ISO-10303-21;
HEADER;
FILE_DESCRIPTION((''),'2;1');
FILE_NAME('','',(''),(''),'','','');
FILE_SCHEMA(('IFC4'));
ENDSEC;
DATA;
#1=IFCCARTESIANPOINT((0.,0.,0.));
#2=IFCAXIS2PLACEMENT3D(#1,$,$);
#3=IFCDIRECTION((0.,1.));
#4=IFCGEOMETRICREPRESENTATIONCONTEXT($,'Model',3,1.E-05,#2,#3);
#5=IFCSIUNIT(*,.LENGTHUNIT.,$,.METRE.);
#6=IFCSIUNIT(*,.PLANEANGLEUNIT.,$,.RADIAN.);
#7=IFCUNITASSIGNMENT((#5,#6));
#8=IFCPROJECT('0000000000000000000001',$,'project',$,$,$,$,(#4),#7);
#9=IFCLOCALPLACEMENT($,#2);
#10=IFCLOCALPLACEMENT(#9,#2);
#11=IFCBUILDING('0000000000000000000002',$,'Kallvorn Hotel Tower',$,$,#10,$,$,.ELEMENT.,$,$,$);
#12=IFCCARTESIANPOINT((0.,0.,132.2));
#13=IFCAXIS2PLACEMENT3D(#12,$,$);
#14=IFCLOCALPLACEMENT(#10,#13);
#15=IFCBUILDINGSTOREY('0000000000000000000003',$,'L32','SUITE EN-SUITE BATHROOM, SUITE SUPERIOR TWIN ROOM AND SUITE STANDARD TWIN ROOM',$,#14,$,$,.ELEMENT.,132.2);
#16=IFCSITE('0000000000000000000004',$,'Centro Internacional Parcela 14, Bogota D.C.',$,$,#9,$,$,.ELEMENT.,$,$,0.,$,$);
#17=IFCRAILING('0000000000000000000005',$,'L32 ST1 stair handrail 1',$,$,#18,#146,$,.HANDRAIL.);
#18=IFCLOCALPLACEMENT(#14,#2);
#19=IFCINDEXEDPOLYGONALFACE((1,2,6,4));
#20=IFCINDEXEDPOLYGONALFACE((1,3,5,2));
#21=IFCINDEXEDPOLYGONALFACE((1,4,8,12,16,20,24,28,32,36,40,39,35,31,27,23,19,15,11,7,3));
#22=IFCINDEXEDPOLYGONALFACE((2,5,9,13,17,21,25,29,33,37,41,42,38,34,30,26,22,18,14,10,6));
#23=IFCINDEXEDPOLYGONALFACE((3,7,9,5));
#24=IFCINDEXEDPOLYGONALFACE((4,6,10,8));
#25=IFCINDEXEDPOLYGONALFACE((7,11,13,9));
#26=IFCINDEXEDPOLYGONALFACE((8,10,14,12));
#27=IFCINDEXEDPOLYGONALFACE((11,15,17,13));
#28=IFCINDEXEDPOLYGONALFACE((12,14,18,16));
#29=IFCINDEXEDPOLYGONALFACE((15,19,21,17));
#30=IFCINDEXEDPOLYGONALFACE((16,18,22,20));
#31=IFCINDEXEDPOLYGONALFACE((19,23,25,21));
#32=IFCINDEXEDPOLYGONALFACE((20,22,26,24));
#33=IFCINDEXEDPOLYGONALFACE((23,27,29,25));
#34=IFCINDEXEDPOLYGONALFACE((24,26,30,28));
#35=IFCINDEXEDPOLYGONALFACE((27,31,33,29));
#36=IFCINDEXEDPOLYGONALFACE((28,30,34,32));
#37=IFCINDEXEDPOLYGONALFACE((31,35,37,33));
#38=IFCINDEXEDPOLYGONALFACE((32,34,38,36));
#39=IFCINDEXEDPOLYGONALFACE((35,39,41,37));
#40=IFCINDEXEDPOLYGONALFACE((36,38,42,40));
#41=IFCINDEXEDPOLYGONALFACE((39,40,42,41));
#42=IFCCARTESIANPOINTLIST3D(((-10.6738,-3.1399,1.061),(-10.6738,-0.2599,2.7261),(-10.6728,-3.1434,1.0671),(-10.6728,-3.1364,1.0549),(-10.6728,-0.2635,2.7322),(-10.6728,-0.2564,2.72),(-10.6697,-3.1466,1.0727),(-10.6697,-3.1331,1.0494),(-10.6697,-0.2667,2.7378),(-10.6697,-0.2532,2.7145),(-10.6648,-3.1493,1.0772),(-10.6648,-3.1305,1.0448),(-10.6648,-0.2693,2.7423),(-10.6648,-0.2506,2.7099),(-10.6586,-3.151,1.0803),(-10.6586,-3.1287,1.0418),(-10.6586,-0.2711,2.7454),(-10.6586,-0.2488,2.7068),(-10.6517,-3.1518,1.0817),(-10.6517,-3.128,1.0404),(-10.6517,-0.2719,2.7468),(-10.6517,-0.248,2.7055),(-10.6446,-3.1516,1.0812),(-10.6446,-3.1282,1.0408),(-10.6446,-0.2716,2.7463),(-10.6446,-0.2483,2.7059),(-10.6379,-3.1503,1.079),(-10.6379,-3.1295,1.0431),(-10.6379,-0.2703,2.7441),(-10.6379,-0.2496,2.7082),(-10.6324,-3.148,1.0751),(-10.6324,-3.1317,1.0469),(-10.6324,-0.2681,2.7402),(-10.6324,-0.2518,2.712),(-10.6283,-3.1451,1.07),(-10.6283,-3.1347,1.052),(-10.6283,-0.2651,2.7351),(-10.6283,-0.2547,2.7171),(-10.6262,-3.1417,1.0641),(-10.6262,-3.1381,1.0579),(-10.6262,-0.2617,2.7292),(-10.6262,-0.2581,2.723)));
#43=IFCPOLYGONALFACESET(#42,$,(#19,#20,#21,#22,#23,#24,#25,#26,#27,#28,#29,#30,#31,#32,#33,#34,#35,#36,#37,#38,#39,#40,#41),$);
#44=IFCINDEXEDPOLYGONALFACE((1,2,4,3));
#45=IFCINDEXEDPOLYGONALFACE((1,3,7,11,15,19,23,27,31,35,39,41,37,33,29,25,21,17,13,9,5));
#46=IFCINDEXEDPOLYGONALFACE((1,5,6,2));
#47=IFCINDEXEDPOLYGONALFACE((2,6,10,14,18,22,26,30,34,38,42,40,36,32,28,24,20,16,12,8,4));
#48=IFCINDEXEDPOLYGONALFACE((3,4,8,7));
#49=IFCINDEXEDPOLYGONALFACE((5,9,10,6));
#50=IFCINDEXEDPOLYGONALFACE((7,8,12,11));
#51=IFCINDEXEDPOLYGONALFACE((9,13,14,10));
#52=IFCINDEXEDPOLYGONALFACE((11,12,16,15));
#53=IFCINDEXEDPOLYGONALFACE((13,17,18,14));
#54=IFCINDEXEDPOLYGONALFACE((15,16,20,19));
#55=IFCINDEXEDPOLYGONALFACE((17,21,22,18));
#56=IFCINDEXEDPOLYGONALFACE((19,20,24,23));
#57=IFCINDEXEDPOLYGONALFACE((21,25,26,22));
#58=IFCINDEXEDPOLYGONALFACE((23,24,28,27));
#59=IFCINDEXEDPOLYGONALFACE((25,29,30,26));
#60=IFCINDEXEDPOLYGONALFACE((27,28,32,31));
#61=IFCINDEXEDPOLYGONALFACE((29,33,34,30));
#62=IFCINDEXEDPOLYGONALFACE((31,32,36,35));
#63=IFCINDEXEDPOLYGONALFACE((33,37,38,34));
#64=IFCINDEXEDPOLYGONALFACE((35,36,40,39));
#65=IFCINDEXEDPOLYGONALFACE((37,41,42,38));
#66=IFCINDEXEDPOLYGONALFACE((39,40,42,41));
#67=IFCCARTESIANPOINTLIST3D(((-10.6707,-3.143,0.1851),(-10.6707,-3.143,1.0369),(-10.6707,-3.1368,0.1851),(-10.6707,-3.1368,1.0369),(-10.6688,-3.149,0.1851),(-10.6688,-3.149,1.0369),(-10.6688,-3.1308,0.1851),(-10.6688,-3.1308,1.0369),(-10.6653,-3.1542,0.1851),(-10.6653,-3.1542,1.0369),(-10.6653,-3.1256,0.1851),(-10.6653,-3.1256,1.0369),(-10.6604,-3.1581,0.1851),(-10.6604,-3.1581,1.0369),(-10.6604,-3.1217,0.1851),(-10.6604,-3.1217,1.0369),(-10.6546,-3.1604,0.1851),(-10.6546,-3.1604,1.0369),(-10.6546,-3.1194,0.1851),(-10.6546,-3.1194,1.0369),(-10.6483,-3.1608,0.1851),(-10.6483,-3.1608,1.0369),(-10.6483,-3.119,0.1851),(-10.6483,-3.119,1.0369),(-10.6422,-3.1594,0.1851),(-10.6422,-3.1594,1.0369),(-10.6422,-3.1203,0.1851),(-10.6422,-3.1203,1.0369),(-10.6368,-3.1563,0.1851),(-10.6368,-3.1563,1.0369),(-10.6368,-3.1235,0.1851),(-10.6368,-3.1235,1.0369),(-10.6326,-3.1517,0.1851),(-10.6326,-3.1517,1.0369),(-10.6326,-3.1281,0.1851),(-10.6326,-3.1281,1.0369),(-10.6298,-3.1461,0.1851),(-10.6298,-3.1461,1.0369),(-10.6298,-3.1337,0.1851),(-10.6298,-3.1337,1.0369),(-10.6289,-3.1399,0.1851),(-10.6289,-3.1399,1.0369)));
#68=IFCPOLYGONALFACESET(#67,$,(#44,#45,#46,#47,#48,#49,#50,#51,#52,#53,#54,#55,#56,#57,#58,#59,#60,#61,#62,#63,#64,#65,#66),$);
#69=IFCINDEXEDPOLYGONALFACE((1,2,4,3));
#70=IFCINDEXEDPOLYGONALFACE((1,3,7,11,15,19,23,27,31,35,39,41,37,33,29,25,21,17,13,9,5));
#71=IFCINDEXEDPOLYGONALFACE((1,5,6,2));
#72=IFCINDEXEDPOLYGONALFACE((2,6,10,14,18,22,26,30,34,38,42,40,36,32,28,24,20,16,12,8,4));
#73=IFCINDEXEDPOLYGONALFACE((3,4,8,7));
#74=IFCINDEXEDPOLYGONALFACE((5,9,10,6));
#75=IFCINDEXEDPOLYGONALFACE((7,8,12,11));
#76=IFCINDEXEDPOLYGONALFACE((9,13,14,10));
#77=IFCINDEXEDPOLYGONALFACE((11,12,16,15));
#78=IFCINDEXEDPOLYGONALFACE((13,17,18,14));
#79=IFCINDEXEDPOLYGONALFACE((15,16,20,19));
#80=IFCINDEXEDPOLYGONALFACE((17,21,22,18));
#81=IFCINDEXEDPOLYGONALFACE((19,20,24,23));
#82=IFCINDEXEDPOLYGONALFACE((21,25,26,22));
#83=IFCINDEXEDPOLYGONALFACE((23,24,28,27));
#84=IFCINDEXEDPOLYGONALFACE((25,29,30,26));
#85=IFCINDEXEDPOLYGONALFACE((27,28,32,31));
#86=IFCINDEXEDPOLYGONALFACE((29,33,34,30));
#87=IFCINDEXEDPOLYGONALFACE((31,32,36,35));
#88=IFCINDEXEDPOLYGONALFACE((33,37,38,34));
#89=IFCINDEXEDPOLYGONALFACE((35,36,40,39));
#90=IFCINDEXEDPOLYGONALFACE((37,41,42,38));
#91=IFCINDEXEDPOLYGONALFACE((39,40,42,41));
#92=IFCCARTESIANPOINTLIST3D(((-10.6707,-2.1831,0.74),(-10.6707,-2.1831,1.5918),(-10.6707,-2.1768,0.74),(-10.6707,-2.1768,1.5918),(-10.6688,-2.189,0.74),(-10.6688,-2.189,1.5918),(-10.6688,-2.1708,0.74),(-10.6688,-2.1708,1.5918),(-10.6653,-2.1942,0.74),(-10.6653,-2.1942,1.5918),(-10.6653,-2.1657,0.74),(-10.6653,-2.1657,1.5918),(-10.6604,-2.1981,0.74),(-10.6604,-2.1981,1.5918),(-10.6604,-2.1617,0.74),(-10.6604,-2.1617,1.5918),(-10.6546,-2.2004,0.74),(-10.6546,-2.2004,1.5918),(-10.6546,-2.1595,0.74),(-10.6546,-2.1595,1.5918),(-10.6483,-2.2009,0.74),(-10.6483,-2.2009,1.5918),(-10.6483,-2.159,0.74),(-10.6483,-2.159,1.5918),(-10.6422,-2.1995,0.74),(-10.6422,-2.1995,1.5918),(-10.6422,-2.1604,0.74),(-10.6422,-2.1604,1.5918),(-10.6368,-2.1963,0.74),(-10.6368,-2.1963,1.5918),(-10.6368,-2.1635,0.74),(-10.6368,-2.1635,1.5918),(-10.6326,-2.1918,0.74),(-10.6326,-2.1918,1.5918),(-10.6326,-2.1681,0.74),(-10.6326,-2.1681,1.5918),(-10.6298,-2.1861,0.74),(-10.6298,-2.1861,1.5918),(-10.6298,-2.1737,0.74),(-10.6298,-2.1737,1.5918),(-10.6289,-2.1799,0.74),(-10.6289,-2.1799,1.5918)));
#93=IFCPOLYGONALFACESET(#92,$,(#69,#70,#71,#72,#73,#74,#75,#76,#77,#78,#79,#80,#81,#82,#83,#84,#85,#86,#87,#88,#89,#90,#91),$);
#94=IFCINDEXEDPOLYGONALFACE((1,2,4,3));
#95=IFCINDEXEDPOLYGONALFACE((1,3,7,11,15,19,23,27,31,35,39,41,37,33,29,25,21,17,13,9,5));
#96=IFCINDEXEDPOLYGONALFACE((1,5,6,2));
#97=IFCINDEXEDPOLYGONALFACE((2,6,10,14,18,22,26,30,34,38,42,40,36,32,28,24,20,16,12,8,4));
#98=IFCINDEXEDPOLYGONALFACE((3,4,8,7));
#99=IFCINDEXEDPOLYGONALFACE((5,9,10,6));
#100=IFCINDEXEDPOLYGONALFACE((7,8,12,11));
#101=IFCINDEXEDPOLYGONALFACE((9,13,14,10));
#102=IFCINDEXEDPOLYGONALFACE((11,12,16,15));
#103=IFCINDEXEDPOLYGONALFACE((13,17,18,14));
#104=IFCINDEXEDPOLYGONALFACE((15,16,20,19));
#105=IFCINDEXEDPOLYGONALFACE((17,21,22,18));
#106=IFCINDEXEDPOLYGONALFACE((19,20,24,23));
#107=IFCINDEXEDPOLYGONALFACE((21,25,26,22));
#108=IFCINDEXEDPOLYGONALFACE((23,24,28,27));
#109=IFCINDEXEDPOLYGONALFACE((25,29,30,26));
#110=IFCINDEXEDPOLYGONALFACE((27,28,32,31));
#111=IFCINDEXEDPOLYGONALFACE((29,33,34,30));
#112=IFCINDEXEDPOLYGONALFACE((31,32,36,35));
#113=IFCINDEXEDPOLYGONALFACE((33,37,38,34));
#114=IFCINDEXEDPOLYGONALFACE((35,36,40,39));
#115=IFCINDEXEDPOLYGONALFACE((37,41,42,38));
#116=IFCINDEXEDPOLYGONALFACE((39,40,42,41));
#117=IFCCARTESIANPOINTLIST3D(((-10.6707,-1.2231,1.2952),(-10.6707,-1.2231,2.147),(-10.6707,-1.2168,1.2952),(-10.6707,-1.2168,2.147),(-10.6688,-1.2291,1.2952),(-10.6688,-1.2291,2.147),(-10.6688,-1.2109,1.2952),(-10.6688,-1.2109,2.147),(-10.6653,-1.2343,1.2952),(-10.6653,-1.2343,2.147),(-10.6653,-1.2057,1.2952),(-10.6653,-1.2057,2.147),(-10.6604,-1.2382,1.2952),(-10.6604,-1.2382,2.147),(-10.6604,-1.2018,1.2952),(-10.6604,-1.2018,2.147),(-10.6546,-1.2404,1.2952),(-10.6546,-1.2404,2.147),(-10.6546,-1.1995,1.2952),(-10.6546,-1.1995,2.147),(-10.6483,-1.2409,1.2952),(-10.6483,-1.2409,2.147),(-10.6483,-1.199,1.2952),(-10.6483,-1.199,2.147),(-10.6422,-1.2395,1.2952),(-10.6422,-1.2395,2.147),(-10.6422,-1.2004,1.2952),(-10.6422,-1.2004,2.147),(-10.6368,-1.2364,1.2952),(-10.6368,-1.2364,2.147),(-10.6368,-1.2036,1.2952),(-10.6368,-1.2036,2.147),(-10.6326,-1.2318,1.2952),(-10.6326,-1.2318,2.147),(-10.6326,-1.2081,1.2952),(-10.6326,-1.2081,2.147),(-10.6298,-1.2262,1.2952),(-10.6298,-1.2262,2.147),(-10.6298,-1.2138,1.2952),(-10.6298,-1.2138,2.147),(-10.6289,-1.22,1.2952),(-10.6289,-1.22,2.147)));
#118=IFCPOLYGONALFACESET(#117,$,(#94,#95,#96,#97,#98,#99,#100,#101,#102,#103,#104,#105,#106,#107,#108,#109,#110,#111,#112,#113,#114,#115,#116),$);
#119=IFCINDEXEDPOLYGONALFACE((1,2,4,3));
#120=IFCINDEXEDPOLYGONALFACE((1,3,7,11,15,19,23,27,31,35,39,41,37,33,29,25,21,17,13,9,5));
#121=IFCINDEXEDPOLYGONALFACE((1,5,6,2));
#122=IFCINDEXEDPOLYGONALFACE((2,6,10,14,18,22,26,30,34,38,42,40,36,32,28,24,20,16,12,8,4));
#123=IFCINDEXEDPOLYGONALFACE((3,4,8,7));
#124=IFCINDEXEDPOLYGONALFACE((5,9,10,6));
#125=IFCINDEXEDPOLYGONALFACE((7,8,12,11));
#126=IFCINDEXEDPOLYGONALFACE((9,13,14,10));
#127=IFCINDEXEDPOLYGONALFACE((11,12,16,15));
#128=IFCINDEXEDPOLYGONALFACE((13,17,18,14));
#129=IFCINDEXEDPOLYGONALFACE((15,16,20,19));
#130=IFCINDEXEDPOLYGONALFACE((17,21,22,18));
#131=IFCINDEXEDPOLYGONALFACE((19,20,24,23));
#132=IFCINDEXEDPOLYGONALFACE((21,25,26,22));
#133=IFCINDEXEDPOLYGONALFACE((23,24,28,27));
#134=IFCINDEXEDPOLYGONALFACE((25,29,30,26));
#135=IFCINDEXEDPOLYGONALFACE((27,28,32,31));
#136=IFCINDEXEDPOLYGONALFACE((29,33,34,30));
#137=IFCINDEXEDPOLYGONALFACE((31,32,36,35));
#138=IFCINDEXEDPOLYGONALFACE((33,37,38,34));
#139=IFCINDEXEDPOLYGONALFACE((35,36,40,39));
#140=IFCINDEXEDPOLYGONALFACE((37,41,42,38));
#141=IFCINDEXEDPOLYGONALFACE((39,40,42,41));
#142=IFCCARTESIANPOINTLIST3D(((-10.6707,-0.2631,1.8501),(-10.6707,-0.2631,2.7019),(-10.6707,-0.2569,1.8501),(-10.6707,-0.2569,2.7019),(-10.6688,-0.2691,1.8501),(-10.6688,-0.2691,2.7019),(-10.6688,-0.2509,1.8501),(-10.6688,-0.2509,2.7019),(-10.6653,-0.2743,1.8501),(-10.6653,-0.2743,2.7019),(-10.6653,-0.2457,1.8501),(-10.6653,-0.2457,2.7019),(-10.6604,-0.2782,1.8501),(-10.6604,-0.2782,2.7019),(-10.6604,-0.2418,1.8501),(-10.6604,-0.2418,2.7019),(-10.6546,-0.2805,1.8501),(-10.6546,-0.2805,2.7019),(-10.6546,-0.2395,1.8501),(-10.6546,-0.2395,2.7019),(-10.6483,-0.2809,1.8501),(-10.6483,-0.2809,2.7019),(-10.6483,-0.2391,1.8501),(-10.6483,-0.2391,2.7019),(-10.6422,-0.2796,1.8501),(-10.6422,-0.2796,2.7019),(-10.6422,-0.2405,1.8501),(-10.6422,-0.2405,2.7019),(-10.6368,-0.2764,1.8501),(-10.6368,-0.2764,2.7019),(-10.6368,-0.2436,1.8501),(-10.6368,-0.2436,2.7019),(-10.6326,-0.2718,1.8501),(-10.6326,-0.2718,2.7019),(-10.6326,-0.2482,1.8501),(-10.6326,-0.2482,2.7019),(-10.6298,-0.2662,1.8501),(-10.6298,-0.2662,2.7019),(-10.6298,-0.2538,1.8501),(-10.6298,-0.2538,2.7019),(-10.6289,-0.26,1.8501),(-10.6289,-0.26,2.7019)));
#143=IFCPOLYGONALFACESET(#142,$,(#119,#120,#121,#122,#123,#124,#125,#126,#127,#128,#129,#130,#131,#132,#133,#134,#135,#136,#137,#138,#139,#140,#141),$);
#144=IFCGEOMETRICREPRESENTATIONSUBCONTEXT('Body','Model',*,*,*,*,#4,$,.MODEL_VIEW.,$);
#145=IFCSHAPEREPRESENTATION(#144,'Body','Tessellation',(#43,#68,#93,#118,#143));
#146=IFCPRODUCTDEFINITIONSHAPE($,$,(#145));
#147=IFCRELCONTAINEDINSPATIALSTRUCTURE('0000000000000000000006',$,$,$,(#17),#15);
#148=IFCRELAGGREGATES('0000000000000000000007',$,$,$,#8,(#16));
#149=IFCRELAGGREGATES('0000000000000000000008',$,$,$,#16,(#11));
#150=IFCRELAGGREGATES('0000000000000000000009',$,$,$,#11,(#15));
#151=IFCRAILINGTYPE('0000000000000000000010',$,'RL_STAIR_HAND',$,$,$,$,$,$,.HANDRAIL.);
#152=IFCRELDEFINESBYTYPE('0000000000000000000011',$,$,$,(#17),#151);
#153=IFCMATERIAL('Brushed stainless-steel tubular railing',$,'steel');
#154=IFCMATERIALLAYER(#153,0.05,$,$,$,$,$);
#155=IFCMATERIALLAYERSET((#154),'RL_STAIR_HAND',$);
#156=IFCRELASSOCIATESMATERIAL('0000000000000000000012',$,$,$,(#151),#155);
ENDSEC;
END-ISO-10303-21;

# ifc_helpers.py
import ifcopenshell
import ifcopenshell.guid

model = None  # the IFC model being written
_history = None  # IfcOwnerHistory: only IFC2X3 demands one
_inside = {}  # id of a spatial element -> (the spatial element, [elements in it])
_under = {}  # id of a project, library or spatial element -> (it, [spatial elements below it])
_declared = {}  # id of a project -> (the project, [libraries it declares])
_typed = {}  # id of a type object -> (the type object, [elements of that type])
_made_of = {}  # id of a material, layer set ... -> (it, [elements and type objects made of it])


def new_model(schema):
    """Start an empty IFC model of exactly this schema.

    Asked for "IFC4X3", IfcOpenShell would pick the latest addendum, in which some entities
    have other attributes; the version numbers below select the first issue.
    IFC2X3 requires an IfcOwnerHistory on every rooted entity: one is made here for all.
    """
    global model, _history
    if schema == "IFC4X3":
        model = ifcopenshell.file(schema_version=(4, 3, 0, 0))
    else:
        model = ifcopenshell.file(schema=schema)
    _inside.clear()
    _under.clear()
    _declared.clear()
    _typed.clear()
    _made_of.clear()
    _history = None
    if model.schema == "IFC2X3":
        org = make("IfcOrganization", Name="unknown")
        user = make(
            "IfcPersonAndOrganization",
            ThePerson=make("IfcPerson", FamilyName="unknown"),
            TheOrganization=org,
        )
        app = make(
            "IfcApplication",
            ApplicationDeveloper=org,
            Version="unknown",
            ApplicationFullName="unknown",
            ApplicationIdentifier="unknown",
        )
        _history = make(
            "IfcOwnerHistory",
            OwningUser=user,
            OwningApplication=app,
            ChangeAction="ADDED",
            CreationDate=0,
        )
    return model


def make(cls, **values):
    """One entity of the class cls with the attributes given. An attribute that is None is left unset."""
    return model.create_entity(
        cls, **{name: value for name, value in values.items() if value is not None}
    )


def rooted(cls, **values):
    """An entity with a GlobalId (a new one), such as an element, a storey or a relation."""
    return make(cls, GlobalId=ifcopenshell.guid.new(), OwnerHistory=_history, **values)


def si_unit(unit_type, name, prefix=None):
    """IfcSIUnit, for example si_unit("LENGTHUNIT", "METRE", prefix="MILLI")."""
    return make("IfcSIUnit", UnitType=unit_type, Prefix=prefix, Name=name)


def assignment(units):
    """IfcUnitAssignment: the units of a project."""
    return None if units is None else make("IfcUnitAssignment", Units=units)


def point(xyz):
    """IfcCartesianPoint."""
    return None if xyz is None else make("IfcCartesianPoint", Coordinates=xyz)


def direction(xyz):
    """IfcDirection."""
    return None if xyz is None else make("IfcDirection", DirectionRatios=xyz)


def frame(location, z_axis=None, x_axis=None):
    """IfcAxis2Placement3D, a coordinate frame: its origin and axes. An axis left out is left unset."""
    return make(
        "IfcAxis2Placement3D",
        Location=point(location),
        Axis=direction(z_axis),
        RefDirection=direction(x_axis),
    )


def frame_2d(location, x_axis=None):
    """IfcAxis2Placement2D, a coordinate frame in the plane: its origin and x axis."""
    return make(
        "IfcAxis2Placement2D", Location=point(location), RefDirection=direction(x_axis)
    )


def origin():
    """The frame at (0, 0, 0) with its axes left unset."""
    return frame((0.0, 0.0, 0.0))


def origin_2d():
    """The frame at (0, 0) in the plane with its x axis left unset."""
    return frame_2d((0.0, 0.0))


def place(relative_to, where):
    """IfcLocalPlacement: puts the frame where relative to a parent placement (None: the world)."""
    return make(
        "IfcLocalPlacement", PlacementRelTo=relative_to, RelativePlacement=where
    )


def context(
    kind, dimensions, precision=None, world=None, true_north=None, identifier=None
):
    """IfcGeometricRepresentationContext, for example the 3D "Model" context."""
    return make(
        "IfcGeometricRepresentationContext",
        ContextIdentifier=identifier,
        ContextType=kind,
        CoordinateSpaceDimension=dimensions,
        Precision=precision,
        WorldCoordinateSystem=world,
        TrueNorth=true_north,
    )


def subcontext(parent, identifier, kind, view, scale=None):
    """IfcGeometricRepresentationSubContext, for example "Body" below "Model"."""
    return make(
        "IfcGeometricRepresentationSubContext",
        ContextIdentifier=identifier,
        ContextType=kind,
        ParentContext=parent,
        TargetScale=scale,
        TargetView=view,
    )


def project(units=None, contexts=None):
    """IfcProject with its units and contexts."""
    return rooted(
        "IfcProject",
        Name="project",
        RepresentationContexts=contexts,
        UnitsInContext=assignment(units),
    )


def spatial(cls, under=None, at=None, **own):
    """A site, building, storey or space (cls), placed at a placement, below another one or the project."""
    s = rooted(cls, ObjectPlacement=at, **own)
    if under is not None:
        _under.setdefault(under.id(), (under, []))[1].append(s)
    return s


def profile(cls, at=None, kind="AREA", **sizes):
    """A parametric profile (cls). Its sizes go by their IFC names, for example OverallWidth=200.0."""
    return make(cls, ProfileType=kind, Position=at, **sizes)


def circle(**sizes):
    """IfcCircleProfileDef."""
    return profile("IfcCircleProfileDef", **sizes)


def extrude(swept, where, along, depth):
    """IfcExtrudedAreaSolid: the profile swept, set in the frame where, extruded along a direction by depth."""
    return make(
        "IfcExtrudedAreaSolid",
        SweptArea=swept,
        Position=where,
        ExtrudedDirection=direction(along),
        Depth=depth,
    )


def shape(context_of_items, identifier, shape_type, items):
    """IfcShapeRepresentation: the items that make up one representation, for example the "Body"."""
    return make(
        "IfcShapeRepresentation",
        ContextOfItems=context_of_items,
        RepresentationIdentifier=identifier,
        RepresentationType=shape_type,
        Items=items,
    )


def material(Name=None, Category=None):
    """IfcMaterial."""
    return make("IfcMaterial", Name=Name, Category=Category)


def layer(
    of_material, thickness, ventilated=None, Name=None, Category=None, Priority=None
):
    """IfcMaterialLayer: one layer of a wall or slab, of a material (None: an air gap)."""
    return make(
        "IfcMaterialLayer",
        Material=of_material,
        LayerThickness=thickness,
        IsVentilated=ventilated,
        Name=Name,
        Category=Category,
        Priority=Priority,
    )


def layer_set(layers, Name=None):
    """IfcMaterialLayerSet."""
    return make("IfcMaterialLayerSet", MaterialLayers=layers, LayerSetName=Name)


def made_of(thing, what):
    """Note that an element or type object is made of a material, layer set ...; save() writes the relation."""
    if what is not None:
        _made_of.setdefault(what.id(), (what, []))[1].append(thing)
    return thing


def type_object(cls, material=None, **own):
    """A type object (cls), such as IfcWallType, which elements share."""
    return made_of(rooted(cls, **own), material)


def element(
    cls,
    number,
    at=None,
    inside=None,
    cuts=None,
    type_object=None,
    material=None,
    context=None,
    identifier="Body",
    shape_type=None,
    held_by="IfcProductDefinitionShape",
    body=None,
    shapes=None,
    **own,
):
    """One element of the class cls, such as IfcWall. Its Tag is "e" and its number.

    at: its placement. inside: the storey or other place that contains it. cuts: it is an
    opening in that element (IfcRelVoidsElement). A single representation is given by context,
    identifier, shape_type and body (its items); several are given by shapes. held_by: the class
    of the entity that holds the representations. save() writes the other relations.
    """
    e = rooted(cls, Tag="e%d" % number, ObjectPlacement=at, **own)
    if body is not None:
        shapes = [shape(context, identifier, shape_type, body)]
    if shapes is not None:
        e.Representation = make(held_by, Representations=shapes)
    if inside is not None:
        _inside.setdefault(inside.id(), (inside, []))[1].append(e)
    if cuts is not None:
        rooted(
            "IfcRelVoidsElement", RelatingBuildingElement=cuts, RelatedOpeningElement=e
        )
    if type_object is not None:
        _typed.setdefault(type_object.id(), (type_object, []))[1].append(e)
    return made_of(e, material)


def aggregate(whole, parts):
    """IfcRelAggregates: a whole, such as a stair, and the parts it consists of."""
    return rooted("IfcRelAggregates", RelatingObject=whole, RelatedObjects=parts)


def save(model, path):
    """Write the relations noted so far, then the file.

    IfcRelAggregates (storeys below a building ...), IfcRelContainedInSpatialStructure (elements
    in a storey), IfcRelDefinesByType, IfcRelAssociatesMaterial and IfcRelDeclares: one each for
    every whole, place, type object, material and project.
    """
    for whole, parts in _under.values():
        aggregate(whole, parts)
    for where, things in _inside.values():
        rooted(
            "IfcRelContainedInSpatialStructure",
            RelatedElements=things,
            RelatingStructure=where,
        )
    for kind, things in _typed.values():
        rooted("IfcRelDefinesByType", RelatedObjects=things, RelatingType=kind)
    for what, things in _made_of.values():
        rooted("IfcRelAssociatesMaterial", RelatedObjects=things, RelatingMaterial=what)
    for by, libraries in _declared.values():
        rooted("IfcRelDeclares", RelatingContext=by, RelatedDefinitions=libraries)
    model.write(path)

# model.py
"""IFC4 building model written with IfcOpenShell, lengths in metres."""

from ifc_helpers import new_model, si_unit, direction, frame, origin, origin_2d, place, context, subcontext, project, spatial, circle, extrude, material, layer, layer_set, type_object, element, save


model = new_model("IFC4")

# Units and contexts
model_context = context("Model", 3, precision=1e-05, world=origin(), true_north=direction((0.0, 1.0)))
body_context = subcontext(model_context, "Body", "Model", "MODEL_VIEW")
ifc_project = project(units=[si_unit("LENGTHUNIT", "METRE"), si_unit("PLANEANGLEUNIT", "RADIAN")], contexts=[model_context])

# Site, building, storey
site_placement = place(None, origin())
site = spatial("IfcSite", under=ifc_project, at=site_placement, Name="Centro Internacional Parcela 14, Bogota D.C.", CompositionType="ELEMENT", RefElevation=0.0)
building_placement = place(site_placement, origin())
building = spatial("IfcBuilding", under=site, at=building_placement, Name="Kallvorn Hotel Tower", CompositionType="ELEMENT")
storey_placement = place(building_placement, frame((0.0, 0.0, 132.2)))
storey = spatial("IfcBuildingStorey", under=building, at=storey_placement, Name="L32", Description="SUITE EN-SUITE BATHROOM, SUITE SUPERIOR TWIN ROOM AND SUITE STANDARD TWIN ROOM", CompositionType="ELEMENT", Elevation=132.2)

# Railing
ifc_material_1 = material(Name="Brushed stainless-steel tubular railing", Category="steel")
ifc_layer_1 = layer(ifc_material_1, 0.05)
ifc_layer_set_1 = layer_set([ifc_layer_1], Name="RL_STAIR_HAND")
railing_type_1 = type_object("IfcRailingType", Name="RL_STAIR_HAND", PredefinedType="HANDRAIL", material=ifc_layer_set_1)
railing_1_placement = place(storey_placement, frame((-10.6499, -3.1399, 0.1851)))
element("IfcRailing", 1, at=railing_1_placement, inside=storey, type_object=railing_type_1, Name="L32 ST1 stair handrail 1", PredefinedType="HANDRAIL", context=body_context, shape_type="SweptSolid", body=[
    extrude(circle(Radius=0.0239, at=origin_2d()), frame((0.0, 0.0, 0.876), z_axis=(0.0, 0.865721, 0.500527), x_axis=(-1.0, 0.0, 0.0)), (0.0, 0.0, 1.0), 3.3267),
    extrude(circle(Radius=0.021, at=origin_2d()), origin(), (0.0, 0.0, 1.0), 0.8518),
    extrude(circle(Radius=0.021, at=origin_2d()), frame((0.0, 0.96, 0.5549)), (0.0, 0.0, 1.0), 0.8518),
    extrude(circle(Radius=0.021, at=origin_2d()), frame((0.0, 1.9199, 1.1101)), (0.0, 0.0, 1.0), 0.8518),
    extrude(circle(Radius=0.021, at=origin_2d()), frame((0.0, 2.8799, 1.665)), (0.0, 0.0, 1.0), 0.8518),
])

save(model, "model.ifc")
